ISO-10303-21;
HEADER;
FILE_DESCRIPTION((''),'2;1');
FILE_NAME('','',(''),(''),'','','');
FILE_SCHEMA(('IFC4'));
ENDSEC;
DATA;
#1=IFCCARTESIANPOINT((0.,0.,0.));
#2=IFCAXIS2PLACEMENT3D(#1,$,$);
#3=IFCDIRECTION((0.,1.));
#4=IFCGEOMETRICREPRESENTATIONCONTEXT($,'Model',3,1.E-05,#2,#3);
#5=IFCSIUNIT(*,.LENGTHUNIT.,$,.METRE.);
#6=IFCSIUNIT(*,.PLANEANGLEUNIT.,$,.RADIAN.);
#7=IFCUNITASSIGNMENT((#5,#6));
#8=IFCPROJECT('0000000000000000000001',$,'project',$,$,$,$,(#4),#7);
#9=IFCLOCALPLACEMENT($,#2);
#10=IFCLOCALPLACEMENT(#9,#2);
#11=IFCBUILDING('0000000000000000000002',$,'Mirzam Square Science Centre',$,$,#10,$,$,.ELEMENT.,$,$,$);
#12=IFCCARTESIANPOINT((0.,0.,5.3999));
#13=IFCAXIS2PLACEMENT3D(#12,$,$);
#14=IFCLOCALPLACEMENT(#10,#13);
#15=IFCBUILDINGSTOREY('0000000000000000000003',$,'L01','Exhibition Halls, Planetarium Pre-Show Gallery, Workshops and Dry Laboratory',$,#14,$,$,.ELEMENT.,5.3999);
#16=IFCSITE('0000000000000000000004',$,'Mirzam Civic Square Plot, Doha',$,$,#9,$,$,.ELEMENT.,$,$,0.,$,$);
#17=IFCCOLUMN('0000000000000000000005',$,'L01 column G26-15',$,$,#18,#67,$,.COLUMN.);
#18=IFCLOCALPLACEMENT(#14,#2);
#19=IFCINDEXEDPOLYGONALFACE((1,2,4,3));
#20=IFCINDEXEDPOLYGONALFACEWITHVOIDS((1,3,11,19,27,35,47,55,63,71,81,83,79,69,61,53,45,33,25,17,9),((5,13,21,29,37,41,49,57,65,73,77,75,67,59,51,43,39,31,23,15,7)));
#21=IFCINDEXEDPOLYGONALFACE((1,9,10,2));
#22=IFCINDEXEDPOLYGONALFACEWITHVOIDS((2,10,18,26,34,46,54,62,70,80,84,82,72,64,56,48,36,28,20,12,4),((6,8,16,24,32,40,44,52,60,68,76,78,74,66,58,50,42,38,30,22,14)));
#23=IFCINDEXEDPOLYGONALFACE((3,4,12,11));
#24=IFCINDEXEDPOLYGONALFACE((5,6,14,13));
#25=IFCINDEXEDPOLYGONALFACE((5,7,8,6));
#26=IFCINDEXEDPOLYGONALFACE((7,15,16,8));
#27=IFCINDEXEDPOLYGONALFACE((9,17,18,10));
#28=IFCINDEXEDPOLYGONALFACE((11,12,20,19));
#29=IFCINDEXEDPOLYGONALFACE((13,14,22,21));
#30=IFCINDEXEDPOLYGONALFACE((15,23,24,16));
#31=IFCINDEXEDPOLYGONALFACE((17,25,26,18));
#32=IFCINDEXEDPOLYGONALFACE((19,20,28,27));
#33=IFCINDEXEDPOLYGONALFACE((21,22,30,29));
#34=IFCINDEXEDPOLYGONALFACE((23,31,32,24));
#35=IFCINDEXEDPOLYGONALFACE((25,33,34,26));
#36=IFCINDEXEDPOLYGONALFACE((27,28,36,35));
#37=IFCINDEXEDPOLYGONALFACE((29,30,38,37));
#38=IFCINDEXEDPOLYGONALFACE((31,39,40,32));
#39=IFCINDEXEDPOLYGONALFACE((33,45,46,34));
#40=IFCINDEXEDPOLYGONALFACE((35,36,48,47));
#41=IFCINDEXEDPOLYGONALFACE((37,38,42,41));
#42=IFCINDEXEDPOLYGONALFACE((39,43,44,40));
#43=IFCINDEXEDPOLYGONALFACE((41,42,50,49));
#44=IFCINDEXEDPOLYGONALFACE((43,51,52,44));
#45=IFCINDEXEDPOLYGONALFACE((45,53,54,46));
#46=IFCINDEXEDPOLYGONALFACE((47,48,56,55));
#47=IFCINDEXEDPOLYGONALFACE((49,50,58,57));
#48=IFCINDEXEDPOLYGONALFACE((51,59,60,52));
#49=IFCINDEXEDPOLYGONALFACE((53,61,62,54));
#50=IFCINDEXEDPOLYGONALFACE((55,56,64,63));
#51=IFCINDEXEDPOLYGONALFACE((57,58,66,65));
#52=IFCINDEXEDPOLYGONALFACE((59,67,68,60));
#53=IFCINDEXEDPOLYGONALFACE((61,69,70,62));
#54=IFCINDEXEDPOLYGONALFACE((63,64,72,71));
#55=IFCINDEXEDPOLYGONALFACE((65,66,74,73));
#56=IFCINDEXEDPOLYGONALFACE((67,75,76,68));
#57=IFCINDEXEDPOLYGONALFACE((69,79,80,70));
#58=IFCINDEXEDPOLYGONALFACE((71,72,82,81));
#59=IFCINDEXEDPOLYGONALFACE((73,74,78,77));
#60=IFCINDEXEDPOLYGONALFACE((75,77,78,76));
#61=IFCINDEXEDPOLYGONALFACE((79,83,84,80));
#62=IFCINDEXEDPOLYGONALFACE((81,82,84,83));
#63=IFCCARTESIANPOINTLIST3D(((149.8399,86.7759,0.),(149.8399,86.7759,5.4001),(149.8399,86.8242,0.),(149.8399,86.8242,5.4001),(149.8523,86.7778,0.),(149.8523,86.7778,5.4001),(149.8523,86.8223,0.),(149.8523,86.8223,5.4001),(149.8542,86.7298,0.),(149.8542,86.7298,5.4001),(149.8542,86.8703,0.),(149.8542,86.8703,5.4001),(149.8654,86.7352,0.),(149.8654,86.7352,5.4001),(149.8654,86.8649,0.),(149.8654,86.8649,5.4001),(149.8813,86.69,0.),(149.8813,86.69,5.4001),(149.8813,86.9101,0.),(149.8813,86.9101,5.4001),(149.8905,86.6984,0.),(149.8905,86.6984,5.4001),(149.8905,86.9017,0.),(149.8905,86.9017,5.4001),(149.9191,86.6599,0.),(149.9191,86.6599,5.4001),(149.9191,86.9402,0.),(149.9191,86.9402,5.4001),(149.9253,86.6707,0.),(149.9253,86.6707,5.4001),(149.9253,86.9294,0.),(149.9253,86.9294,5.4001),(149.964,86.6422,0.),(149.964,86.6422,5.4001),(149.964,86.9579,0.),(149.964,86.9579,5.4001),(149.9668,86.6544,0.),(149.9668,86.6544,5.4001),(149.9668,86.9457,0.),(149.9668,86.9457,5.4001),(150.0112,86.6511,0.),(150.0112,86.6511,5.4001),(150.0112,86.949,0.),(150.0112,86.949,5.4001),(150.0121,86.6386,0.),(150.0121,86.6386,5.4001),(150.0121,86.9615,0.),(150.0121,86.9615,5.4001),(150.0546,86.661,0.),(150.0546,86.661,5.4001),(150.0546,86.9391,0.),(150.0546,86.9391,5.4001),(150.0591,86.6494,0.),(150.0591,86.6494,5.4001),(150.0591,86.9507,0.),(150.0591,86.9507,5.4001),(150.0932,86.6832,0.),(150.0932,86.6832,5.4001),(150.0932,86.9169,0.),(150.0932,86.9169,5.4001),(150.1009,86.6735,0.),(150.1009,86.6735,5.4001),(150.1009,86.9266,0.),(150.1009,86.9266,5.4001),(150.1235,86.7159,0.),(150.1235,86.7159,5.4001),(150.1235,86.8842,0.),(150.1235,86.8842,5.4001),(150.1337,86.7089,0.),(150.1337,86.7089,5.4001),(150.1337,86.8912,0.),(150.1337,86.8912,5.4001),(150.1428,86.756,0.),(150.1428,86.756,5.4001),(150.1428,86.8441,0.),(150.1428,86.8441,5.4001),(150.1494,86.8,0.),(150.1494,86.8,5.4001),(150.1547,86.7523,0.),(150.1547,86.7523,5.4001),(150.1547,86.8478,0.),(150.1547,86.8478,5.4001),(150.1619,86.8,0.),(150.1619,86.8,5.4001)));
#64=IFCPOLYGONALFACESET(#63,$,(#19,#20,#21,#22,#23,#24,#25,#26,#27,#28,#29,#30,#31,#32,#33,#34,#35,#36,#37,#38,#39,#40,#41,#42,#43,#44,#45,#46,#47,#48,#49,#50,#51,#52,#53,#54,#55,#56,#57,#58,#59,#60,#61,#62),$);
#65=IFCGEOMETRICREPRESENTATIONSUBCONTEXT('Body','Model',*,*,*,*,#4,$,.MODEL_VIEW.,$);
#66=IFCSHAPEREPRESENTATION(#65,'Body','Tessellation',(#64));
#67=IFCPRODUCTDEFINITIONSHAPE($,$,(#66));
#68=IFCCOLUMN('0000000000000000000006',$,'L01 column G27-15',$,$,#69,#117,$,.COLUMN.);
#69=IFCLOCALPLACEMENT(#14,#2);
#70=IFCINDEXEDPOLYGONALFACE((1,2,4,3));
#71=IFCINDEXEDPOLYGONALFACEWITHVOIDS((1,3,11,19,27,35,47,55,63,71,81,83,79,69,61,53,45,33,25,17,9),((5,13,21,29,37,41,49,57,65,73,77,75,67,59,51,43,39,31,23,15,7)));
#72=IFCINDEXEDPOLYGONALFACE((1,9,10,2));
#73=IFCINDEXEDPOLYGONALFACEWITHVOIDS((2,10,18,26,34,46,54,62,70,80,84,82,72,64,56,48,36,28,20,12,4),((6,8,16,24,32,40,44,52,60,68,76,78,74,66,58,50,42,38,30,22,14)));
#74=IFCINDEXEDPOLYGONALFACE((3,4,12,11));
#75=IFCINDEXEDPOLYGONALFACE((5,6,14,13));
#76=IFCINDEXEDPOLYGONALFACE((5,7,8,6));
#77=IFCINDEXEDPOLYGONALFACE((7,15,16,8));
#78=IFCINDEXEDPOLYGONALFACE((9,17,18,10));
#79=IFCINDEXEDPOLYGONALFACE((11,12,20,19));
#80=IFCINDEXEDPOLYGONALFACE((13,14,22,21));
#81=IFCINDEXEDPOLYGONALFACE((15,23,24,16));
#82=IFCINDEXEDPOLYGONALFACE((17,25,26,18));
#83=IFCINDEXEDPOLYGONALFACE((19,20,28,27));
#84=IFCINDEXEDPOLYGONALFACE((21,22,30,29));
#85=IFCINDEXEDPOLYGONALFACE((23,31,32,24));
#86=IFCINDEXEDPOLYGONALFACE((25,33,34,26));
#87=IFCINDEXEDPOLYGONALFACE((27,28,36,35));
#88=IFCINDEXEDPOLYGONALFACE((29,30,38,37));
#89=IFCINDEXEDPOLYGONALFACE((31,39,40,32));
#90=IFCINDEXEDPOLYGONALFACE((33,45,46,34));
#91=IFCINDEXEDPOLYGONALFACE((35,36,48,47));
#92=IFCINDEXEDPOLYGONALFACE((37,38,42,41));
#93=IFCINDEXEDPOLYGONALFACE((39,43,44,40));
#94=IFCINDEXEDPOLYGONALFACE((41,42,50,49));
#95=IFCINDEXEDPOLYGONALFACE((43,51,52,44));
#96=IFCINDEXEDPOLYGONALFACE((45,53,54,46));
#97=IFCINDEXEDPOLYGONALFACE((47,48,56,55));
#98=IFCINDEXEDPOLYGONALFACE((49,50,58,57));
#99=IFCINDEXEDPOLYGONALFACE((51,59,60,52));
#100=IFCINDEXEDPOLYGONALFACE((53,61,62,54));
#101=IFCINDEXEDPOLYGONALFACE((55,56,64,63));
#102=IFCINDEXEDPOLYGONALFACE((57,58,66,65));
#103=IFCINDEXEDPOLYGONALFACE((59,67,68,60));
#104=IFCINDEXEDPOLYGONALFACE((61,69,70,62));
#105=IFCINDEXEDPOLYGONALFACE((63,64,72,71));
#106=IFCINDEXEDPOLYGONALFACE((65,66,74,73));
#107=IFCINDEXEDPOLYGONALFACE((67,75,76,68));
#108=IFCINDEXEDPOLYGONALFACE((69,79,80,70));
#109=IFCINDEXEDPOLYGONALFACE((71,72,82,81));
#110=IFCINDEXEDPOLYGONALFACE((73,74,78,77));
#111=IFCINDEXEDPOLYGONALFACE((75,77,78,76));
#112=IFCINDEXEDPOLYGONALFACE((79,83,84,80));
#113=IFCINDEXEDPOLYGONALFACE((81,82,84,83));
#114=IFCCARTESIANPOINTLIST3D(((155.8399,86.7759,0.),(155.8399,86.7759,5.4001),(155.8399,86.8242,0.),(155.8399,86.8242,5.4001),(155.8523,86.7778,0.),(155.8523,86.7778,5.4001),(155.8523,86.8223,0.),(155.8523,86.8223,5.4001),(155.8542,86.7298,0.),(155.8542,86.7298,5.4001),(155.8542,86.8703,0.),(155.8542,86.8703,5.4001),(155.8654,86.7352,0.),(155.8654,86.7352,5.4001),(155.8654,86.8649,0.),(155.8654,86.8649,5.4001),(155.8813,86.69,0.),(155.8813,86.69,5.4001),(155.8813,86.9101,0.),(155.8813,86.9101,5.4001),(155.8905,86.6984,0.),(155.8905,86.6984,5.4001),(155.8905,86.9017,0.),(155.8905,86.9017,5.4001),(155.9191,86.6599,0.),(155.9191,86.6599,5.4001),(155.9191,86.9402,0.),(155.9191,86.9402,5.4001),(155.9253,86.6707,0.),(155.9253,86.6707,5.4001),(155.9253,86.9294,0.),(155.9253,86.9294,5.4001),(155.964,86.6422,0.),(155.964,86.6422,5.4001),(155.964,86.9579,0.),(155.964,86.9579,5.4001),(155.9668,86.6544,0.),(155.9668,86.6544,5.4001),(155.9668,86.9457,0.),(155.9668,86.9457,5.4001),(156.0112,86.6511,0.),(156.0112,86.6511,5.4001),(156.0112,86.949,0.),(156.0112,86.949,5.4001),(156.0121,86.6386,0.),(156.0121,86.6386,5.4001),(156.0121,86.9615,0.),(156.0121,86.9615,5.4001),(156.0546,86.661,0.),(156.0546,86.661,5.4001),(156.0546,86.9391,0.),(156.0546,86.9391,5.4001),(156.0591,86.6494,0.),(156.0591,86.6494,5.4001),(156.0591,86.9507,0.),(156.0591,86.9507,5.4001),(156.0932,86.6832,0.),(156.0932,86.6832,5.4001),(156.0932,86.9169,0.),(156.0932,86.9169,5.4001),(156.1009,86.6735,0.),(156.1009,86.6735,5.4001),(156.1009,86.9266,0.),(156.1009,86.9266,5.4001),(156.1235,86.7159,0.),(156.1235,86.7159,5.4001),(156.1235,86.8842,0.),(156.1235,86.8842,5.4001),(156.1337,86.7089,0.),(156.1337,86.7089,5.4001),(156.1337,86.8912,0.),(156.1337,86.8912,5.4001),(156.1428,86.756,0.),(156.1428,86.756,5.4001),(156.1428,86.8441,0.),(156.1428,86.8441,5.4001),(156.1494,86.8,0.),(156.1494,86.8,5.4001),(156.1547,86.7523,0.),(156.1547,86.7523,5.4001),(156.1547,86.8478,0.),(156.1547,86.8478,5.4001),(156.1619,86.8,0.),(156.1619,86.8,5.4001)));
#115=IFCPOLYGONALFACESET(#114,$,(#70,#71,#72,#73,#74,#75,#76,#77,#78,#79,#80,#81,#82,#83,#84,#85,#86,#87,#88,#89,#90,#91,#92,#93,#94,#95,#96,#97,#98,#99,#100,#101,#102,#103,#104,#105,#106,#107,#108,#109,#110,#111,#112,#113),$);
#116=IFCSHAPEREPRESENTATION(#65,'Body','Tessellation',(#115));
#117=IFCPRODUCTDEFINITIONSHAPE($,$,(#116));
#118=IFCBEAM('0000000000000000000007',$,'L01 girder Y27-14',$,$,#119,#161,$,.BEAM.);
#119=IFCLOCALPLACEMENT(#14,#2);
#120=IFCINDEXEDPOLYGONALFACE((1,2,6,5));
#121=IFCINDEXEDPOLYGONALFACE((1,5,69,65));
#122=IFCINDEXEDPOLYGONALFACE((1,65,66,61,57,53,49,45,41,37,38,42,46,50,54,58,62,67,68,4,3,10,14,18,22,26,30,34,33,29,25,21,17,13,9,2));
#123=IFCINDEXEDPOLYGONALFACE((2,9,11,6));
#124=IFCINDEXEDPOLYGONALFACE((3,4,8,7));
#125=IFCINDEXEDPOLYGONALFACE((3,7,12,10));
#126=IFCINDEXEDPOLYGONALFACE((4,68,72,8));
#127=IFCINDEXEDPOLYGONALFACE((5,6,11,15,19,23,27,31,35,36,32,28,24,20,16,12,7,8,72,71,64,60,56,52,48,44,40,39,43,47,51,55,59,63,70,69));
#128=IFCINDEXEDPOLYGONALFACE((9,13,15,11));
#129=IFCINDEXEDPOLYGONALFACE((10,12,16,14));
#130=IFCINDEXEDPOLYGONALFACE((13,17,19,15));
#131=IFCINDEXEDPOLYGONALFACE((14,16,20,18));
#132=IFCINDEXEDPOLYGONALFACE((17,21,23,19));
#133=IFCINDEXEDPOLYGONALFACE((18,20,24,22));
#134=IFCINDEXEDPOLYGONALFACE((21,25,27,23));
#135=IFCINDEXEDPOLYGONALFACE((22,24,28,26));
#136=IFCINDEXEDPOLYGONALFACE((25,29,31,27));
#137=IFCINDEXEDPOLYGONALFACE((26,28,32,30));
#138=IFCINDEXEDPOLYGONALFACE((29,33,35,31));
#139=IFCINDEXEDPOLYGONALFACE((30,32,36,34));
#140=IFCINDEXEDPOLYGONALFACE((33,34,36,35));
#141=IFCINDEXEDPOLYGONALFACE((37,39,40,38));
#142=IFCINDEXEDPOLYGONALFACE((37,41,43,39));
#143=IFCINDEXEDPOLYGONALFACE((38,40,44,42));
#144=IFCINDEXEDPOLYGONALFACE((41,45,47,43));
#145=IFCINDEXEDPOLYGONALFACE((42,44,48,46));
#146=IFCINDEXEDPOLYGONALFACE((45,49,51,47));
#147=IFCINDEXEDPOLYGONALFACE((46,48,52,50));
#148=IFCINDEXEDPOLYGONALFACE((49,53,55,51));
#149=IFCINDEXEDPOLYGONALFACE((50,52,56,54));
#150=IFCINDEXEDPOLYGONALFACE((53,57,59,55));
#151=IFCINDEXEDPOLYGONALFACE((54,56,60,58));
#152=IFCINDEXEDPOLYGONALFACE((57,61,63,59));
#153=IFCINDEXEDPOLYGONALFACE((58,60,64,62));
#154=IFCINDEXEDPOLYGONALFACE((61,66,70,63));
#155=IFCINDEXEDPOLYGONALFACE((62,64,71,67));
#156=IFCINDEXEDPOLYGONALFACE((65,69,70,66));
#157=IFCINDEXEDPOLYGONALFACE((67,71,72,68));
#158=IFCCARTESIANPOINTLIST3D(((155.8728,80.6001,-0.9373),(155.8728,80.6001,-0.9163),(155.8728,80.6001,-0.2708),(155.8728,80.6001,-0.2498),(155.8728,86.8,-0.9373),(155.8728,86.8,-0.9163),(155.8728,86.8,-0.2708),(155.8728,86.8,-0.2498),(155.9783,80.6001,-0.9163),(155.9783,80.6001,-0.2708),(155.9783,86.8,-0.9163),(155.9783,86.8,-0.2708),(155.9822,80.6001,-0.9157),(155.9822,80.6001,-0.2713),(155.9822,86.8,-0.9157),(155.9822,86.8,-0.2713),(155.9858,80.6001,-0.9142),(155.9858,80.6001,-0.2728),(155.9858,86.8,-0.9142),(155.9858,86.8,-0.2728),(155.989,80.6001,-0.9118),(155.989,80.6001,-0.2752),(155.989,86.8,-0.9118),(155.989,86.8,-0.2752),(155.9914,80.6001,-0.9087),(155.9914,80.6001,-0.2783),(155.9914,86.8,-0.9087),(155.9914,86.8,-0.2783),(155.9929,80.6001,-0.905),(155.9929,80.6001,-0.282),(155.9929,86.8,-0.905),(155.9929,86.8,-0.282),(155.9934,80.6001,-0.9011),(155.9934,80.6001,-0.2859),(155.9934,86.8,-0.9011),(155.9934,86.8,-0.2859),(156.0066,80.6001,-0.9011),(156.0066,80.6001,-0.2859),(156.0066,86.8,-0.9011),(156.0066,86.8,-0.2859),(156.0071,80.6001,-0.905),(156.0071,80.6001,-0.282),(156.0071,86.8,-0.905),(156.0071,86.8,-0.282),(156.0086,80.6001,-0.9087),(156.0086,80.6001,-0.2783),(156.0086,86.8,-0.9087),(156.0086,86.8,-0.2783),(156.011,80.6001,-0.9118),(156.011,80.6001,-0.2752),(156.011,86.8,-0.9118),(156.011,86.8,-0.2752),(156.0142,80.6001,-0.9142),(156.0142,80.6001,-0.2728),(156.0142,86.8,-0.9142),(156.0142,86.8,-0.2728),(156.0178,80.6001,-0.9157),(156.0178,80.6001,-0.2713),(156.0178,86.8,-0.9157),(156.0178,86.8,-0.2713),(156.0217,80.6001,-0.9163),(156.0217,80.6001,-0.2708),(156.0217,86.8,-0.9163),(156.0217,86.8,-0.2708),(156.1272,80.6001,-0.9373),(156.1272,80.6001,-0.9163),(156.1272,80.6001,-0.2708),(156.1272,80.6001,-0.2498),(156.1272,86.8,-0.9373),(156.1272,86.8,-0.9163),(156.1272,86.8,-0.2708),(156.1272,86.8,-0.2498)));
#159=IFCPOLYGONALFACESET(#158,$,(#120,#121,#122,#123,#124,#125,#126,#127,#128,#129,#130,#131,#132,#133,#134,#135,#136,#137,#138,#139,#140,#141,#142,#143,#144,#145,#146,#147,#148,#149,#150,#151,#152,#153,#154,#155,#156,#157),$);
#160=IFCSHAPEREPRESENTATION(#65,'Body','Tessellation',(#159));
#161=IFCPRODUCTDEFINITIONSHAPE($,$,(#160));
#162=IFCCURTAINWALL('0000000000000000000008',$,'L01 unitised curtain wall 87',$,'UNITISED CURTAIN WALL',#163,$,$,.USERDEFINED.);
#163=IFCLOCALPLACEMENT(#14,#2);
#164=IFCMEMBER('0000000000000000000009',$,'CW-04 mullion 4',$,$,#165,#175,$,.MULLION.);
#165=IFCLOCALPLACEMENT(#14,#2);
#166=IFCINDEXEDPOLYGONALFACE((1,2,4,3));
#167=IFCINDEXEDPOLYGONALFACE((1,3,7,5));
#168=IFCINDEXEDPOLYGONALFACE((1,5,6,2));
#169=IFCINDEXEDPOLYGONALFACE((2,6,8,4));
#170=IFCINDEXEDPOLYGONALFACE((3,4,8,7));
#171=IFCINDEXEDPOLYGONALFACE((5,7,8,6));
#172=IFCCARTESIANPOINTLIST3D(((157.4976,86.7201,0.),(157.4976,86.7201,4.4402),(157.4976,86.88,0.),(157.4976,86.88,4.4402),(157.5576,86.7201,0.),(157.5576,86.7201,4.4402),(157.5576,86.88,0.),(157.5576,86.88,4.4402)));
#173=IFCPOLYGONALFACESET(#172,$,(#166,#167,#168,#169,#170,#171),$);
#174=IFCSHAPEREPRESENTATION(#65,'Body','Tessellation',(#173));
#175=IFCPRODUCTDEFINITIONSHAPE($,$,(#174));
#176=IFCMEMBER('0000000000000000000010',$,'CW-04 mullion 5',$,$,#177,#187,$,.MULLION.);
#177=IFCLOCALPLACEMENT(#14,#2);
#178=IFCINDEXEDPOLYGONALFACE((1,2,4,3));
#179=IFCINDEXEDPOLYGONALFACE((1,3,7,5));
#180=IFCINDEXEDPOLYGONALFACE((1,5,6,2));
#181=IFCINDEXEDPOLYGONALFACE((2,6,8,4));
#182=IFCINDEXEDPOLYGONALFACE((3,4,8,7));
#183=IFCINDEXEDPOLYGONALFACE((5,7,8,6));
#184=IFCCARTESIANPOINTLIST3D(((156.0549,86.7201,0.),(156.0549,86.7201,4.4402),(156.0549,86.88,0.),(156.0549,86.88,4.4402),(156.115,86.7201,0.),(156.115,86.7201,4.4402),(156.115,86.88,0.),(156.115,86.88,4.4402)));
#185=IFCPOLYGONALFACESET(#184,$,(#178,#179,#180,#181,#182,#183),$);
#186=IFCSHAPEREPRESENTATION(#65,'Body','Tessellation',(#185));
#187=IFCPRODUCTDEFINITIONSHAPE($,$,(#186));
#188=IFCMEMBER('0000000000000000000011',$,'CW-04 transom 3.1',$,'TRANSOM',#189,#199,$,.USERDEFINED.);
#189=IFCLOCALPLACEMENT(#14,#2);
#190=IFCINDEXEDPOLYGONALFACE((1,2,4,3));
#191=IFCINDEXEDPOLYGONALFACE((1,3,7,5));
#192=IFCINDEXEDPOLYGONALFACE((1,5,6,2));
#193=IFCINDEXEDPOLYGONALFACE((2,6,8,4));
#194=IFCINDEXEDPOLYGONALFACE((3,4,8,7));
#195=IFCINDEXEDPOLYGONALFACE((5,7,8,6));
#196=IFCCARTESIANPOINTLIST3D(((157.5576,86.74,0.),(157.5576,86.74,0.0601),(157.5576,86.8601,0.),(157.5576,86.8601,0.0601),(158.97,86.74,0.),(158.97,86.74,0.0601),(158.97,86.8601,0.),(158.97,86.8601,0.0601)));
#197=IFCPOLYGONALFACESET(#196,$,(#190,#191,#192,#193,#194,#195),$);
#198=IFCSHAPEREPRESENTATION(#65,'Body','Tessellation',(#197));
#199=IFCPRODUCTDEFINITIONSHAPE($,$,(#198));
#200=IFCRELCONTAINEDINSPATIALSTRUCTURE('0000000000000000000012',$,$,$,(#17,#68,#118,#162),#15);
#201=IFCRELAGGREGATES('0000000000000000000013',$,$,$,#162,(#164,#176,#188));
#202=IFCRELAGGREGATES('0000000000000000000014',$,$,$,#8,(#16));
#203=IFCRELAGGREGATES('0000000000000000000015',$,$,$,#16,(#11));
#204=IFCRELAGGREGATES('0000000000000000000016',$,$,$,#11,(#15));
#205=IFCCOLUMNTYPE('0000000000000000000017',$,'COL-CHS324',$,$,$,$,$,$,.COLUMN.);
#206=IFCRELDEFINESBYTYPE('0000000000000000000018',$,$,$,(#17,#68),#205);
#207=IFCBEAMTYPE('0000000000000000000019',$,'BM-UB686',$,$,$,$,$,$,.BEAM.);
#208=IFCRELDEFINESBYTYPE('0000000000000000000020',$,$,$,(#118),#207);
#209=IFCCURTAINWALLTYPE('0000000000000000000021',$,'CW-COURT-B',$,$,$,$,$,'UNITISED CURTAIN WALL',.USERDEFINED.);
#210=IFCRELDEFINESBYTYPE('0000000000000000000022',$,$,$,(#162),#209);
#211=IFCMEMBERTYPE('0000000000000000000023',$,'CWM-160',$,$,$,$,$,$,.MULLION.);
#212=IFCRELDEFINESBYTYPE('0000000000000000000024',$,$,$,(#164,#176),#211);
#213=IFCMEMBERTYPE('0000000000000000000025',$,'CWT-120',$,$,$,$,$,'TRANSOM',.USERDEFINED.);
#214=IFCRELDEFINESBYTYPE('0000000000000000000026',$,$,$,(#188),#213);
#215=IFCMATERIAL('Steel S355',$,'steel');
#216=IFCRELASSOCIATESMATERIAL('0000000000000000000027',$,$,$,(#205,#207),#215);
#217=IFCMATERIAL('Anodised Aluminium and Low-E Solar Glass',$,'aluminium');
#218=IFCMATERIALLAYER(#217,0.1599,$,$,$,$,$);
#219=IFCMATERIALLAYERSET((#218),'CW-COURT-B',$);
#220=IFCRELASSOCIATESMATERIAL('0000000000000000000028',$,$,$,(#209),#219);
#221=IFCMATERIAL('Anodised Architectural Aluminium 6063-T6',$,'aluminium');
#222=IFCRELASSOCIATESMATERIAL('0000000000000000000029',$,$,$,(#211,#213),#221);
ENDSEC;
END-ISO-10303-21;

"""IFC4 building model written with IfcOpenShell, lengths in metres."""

from ifc_helpers import new_model, si_unit, direction, frame, origin, origin_2d, place, context, subcontext, project, spatial, rectangle, hollow_circle, i_section, extrude, material, layer, layer_set, material_profile, profile_set, type_object, element, aggregate, save


model = new_model("IFC4")

# Units and contexts
model_context = context("Model", 3, precision=1e-05, world=origin(), true_north=direction((0.0, 1.0)))
body_context = subcontext(model_context, "Body", "Model", "MODEL_VIEW")
ifc_project = project(units=[si_unit("LENGTHUNIT", "METRE"), si_unit("PLANEANGLEUNIT", "RADIAN")], contexts=[model_context])

# Site, building, storey
site_placement = place(None, origin())
site = spatial("IfcSite", under=ifc_project, at=site_placement, Name="Mirzam Civic Square Plot, Doha", CompositionType="ELEMENT", RefElevation=0.0)
building_placement = place(site_placement, origin())
building = spatial("IfcBuilding", under=site, at=building_placement, Name="Mirzam Square Science Centre", CompositionType="ELEMENT")
storey_placement = place(building_placement, frame((0.0, 0.0, 5.3999)))
storey = spatial("IfcBuildingStorey", under=building, at=storey_placement, Name="L01", Description="Exhibition Halls, Planetarium Pre-Show Gallery, Workshops and Dry Laboratory", CompositionType="ELEMENT", Elevation=5.3999)

# Columns
ifc_material_1 = material(Name="Steel S355", Category="steel")
ifc_material_profile_1 = material_profile(ifc_material_1, hollow_circle(Radius=0.1619, WallThickness=0.0125, at=origin_2d()), Name="323.9x12.5CHS")
ifc_profile_set_1 = profile_set([ifc_material_profile_1], Name="Steel S355")
column_type = type_object("IfcColumnType", Name="COL-CHS324", PredefinedType="COLUMN", material=ifc_profile_set_1)
for number, where, z_axis, x_axis, name in (
    (1, (150.0, 86.8, 0.0), (0.0, 0.0, 1.0), (1.0, 0.0, 0.0), "L01 column G26-15"),
    (2, (156.0, 86.8, 0.0), (0.0, 0.0, 1.0), (1.0, 0.0, 0.0), "L01 column G27-15"),
):
    element("IfcColumn", number, at=place(storey_placement, frame(where, z_axis=z_axis, x_axis=x_axis)), inside=storey, type_object=column_type, Name=name, PredefinedType="COLUMN", context=body_context, shape_type="SweptSolid", body=[
        extrude(hollow_circle(Radius=0.1619, WallThickness=0.0125, at=origin_2d()), origin(), (0.0, 0.0, 1.0), 5.4001),
    ])

# Beam
ifc_material_profile_2 = material_profile(ifc_material_1, i_section(OverallWidth=0.2544, OverallDepth=0.6875, WebThickness=0.0132, FlangeThickness=0.021, FilletRadius=0.0151, at=origin_2d()), Name="686x254x152UB")
ifc_profile_set_2 = profile_set([ifc_material_profile_2], Name="Steel S355")
beam_type_1 = type_object("IfcBeamType", Name="BM-UB686", PredefinedType="BEAM", material=ifc_profile_set_2)
beam_1_placement = place(storey_placement, frame((156.0, 80.6001, -0.5935), z_axis=(0.0, 1.0, 0.0), x_axis=(-1.0, 0.0, 0.0)))
element("IfcBeam", 3, at=beam_1_placement, inside=storey, type_object=beam_type_1, Name="L01 girder Y27-14", PredefinedType="BEAM", context=body_context, shape_type="SweptSolid", body=[
    extrude(i_section(OverallWidth=0.2544, OverallDepth=0.6875, WebThickness=0.0132, FlangeThickness=0.021, FilletRadius=0.0151, at=origin_2d()), origin(), (0.0, 0.0, 1.0), 6.2),
])

# Curtain wall, members
ifc_material_2 = material(Name="Anodised Aluminium and Low-E Solar Glass", Category="aluminium")
ifc_layer_1 = layer(ifc_material_2, 0.1599)
ifc_layer_set_1 = layer_set([ifc_layer_1], Name="CW-COURT-B")
curtain_wall_type = type_object("IfcCurtainWallType", Name="CW-COURT-B", ElementType="UNITISED CURTAIN WALL", PredefinedType="USERDEFINED", material=ifc_layer_set_1)
curtain_wall_placement = place(storey_placement, origin())
curtain_wall = element("IfcCurtainWall", 4, at=curtain_wall_placement, inside=storey, type_object=curtain_wall_type, Name="L01 unitised curtain wall 87", ObjectType="UNITISED CURTAIN WALL", PredefinedType="USERDEFINED")
ifc_material_3 = material(Name="Anodised Architectural Aluminium 6063-T6", Category="aluminium")
ifc_material_profile_3 = material_profile(ifc_material_3, rectangle(XDim=0.0601, YDim=0.1599, at=origin_2d()), Name="ALU-MULL-160x60x4")
ifc_profile_set_3 = profile_set([ifc_material_profile_3], Name="Anodised Architectural Aluminium 6063-T6")
member_type_1 = type_object("IfcMemberType", Name="CWM-160", PredefinedType="MULLION", material=ifc_profile_set_3)
member_1_placement = place(storey_placement, frame((157.5276, 86.8, 0.0), z_axis=(0.0, 0.0, 1.0), x_axis=(-1.0, 0.0, 0.0)))
member_1 = element("IfcMember", 5, at=member_1_placement, type_object=member_type_1, Name="CW-04 mullion 4", PredefinedType="MULLION", context=body_context, shape_type="SweptSolid", body=[
    extrude(rectangle(XDim=0.0601, YDim=0.1599, at=origin_2d()), origin(), (0.0, 0.0, 1.0), 4.4402),
])
member_2_placement = place(storey_placement, frame((156.085, 86.8, 0.0), z_axis=(0.0, 0.0, 1.0), x_axis=(-1.0, 0.0, 0.0)))
member_2 = element("IfcMember", 6, at=member_2_placement, type_object=member_type_1, Name="CW-04 mullion 5", PredefinedType="MULLION", context=body_context, shape_type="SweptSolid", body=[
    extrude(rectangle(XDim=0.0601, YDim=0.1599, at=origin_2d()), origin(), (0.0, 0.0, 1.0), 4.4402),
])
ifc_material_profile_4 = material_profile(ifc_material_3, rectangle(XDim=0.1201, YDim=0.0601, at=origin_2d()), Name="ALU-TRAN-120x60x4")
ifc_profile_set_4 = profile_set([ifc_material_profile_4], Name="Anodised Architectural Aluminium 6063-T6")
member_type_2 = type_object("IfcMemberType", Name="CWT-120", ElementType="TRANSOM", PredefinedType="USERDEFINED", material=ifc_profile_set_4)
member_3_placement = place(storey_placement, frame((158.97, 86.8, 0.03), z_axis=(-1.0, 0.0, 0.0), x_axis=(0.0, -1.0, 0.0)))
member_3 = element("IfcMember", 7, at=member_3_placement, type_object=member_type_2, Name="CW-04 transom 3.1", ObjectType="TRANSOM", PredefinedType="USERDEFINED", context=body_context, shape_type="SweptSolid", body=[
    extrude(rectangle(XDim=0.1201, YDim=0.0601, at=origin_2d()), origin(), (0.0, 0.0, 1.0), 1.4124),
])

aggregate(curtain_wall, [member_1, member_2, member_3])

save(model, "model.ifc")
